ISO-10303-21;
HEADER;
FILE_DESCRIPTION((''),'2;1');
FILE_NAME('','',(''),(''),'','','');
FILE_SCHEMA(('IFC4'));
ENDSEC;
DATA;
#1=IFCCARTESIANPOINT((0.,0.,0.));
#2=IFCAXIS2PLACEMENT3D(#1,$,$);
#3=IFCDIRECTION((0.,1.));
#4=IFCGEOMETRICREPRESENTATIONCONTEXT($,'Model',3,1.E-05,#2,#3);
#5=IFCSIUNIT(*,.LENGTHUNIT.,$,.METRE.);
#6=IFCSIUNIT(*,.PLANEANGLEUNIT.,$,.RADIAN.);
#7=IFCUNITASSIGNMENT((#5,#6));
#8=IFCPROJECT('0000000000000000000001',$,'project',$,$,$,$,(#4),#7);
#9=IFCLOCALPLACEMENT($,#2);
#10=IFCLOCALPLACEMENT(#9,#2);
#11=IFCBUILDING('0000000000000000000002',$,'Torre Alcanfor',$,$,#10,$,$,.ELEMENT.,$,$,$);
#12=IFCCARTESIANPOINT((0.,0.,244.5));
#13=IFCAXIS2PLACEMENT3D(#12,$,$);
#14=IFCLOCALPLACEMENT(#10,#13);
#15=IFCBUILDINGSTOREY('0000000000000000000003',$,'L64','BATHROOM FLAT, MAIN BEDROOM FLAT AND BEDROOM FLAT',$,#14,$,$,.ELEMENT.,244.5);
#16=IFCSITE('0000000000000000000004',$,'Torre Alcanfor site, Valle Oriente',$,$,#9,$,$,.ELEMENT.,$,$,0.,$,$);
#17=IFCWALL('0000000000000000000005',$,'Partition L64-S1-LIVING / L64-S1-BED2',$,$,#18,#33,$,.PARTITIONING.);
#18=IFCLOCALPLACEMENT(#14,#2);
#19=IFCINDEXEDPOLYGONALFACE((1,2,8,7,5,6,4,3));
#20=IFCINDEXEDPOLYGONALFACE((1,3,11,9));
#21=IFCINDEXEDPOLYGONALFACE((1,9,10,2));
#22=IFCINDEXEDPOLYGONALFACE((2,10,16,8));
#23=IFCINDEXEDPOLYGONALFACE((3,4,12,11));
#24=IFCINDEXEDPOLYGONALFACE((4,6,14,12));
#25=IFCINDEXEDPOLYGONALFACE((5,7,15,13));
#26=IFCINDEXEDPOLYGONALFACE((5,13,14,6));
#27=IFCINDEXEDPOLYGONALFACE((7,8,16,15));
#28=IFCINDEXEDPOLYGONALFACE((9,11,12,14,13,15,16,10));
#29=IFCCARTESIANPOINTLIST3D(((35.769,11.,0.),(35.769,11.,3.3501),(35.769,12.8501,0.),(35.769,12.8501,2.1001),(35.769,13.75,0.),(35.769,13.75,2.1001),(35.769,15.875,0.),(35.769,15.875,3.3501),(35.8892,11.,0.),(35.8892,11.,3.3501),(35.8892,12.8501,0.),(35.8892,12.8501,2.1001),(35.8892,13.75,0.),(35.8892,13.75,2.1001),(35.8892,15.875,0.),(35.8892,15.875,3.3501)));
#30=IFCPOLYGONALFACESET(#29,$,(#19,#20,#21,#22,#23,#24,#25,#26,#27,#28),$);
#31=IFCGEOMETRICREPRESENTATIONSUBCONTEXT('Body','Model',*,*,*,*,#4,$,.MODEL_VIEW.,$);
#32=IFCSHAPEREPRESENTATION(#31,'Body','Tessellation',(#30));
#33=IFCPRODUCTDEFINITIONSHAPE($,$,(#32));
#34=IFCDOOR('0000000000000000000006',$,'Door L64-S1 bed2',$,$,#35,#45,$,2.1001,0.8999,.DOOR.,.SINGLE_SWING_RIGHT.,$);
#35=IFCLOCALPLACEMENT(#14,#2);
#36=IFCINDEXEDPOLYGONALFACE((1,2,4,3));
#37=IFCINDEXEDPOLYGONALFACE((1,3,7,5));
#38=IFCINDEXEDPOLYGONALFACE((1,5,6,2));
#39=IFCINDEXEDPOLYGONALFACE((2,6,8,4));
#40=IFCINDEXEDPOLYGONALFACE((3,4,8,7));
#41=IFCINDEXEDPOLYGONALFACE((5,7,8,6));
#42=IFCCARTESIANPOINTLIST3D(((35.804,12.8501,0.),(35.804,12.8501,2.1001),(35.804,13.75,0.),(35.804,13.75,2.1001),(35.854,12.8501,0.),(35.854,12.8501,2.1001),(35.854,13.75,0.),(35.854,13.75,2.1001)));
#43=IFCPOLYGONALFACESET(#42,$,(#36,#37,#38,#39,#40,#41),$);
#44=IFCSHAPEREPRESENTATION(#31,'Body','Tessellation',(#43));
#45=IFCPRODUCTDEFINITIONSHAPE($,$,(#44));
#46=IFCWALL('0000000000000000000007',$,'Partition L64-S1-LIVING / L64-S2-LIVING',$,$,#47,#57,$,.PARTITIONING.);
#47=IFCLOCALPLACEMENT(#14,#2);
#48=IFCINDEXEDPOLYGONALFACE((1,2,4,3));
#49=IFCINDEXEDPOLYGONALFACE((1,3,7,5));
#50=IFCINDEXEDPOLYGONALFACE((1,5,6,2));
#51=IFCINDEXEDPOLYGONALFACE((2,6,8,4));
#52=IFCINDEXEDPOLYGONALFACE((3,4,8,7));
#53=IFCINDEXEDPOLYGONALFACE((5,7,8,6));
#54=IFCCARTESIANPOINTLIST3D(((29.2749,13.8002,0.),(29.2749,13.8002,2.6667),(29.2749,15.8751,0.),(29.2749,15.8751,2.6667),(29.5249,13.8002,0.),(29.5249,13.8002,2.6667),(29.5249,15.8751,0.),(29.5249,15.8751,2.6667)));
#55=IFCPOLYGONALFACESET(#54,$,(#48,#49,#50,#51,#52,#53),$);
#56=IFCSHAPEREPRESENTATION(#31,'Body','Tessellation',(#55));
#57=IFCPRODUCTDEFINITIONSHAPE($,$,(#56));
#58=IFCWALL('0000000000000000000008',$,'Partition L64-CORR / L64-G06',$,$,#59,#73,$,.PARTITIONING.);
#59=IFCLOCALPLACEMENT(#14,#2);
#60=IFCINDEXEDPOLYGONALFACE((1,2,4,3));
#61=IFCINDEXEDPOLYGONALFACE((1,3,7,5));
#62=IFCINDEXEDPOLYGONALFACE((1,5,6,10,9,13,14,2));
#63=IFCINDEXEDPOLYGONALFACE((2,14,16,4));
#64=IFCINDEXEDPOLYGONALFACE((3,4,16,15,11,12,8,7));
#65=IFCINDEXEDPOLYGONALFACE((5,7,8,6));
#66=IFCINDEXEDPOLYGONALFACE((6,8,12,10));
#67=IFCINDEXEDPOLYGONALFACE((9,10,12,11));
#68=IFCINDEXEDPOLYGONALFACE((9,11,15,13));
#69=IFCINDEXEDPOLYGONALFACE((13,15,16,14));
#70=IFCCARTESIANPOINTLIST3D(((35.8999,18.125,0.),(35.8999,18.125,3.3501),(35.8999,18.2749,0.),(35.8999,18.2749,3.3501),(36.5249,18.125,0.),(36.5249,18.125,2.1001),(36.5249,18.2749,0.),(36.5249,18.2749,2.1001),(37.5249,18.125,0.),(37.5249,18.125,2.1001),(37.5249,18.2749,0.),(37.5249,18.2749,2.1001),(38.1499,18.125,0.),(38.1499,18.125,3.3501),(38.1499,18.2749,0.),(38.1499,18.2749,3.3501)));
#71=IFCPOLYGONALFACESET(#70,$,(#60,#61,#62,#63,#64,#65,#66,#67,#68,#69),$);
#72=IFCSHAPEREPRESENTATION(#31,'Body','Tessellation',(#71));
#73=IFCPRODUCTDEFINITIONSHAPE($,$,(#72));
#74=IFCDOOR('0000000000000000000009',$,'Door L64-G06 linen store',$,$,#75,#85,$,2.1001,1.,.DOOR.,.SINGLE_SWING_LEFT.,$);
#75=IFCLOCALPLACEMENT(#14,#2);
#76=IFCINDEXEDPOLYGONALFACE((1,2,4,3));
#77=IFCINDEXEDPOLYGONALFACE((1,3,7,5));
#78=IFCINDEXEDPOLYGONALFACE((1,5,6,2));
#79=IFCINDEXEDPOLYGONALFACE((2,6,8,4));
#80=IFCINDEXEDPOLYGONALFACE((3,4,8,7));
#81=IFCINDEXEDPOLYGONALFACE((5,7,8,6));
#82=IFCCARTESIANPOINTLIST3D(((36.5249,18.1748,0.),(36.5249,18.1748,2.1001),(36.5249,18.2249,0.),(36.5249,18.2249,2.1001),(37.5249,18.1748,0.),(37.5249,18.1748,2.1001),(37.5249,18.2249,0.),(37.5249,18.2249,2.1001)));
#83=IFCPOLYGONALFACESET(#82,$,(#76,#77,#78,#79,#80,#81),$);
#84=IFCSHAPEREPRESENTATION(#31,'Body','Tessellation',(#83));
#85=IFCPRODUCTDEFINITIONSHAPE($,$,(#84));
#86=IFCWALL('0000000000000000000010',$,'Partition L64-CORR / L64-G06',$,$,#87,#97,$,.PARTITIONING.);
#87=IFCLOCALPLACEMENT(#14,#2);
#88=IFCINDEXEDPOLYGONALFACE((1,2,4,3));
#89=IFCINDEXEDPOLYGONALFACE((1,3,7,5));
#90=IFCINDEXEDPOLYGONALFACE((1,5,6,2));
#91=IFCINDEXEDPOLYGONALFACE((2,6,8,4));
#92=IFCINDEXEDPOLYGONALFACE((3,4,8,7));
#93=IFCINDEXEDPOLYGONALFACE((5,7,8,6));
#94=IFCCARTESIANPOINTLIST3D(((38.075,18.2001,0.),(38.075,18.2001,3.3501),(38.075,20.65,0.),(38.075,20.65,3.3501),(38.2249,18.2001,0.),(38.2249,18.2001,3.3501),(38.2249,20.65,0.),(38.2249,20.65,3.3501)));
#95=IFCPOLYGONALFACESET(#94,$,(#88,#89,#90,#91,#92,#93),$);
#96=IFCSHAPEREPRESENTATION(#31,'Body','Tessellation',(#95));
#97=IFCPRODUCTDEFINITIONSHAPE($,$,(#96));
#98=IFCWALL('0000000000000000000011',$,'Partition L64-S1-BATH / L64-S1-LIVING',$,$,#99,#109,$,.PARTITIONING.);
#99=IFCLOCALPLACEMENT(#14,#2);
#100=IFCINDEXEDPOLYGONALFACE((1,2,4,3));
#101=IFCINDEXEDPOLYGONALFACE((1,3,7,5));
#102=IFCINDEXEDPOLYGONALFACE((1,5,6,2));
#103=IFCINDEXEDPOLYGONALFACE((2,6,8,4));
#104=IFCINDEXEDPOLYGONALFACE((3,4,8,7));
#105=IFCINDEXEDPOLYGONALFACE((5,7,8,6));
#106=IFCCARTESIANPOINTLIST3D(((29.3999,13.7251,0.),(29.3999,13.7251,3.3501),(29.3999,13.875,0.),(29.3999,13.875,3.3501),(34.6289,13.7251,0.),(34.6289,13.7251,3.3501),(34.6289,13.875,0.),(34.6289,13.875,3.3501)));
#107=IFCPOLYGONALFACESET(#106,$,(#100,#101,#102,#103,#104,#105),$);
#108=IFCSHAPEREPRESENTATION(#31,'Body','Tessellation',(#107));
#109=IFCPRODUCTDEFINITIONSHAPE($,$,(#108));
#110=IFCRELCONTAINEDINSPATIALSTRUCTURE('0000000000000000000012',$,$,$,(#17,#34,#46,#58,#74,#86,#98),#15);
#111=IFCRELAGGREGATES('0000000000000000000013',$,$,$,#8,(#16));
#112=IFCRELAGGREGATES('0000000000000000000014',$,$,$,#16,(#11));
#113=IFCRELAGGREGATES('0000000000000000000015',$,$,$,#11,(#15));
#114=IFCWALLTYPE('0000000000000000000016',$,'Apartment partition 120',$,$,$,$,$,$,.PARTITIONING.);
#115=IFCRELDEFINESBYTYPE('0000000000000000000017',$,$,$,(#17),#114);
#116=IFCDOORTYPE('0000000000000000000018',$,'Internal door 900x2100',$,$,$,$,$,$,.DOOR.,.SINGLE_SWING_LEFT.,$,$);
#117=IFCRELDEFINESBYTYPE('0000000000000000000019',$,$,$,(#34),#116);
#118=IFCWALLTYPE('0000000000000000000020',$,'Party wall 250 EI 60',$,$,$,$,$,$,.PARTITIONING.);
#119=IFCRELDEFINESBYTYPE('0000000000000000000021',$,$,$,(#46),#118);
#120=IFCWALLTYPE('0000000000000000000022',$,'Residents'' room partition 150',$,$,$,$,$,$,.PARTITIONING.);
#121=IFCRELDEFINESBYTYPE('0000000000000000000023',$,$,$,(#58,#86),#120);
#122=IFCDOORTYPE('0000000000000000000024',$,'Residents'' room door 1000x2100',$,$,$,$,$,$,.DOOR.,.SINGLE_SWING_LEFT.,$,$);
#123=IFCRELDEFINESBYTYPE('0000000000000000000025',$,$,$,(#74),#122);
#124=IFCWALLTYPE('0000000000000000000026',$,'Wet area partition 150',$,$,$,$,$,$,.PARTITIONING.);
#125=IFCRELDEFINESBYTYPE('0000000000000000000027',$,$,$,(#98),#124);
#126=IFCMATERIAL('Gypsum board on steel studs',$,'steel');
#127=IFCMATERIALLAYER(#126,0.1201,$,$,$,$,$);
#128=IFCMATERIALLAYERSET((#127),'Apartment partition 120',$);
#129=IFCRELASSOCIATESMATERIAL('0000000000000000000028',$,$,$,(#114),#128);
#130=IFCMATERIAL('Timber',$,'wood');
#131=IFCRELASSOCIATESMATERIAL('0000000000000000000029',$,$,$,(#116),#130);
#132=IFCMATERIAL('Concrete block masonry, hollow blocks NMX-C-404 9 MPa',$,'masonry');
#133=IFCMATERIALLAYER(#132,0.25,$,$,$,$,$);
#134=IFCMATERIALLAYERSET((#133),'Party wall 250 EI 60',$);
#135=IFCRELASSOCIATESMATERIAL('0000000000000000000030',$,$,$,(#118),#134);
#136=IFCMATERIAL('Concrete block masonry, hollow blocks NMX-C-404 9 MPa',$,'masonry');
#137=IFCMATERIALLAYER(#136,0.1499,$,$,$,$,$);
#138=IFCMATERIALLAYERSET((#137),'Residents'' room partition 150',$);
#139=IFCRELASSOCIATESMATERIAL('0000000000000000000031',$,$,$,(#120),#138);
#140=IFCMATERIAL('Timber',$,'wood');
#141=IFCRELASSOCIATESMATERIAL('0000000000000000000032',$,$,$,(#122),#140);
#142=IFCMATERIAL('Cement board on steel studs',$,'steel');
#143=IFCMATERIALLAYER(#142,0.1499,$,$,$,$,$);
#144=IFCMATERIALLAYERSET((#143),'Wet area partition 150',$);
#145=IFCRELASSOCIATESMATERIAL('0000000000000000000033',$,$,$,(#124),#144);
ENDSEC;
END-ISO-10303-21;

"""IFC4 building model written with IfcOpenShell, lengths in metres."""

from ifc_helpers import new_model, si_unit, direction, frame, frame_2d, origin, place, context, subcontext, project, spatial, rectangle, extrude, material, layer, layer_set, type_object, element, fill, save


model = new_model("IFC4")

# Units and contexts
model_context = context("Model", 3, precision=1e-05, world=origin(), true_north=direction((0.0, 1.0)))
body_context = subcontext(model_context, "Body", "Model", "MODEL_VIEW")
ifc_project = project(units=[si_unit("LENGTHUNIT", "METRE"), si_unit("PLANEANGLEUNIT", "RADIAN")], contexts=[model_context])

# Site, building, storey
site_placement = place(None, origin())
site = spatial("IfcSite", under=ifc_project, at=site_placement, Name="Torre Alcanfor site, Valle Oriente", CompositionType="ELEMENT", RefElevation=0.0)
building_placement = place(site_placement, origin())
building = spatial("IfcBuilding", under=site, at=building_placement, Name="Torre Alcanfor", CompositionType="ELEMENT")
storey_placement = place(building_placement, frame((0.0, 0.0, 244.5)))
storey = spatial("IfcBuildingStorey", under=building, at=storey_placement, Name="L64", Description="BATHROOM FLAT, MAIN BEDROOM FLAT AND BEDROOM FLAT", CompositionType="ELEMENT", Elevation=244.5)

# Wall, opening, door
ifc_material_1 = material(Name="Gypsum board on steel studs", Category="steel")
ifc_layer_1 = layer(ifc_material_1, 0.1201)
ifc_layer_set_1 = layer_set([ifc_layer_1], Name="Apartment partition 120")
wall_type_1 = type_object("IfcWallType", Name="Apartment partition 120", PredefinedType="PARTITIONING", material=ifc_layer_set_1)
wall_1_placement = place(storey_placement, frame((35.8291, 15.875, 0.0), z_axis=(0.0, 0.0, 1.0), x_axis=(0.0, -1.0, 0.0)))
wall_1 = element("IfcWall", 1, at=wall_1_placement, inside=storey, type_object=wall_type_1, Name="Partition L64-S1-LIVING / L64-S1-BED2", PredefinedType="PARTITIONING", context=body_context, shape_type="SweptSolid", body=[
    extrude(rectangle(XDim=4.875, YDim=0.1201, at=frame_2d((2.4375, 0.0))), origin(), (0.0, 0.0, 1.0), 3.3501),
])
opening_1_placement = place(wall_1_placement, frame((2.125, 0.0, 0.0)))
opening_1 = element("IfcOpeningElement", 2, at=opening_1_placement, cuts=wall_1, PredefinedType="OPENING", context=body_context, shape_type="SweptSolid", body=[
    extrude(rectangle(XDim=0.8999, YDim=2.1001, at=frame_2d((0.45, 1.05))), frame((0.0, 0.0701, 0.0), z_axis=(0.0, -1.0, 0.0), x_axis=(1.0, 0.0, 0.0)), (0.0, 0.0, 1.0), 0.1401),
])
ifc_material_2 = material(Name="Timber", Category="wood")
door_type_1 = type_object("IfcDoorType", Name="Internal door 900x2100", OperationType="SINGLE_SWING_LEFT", PredefinedType="DOOR", material=ifc_material_2)
door_1_placement = place(opening_1_placement, origin())
door_1 = element("IfcDoor", 3, at=door_1_placement, inside=storey, type_object=door_type_1, Name="Door L64-S1 bed2", OperationType="SINGLE_SWING_RIGHT", OverallHeight=2.1001, OverallWidth=0.8999, PredefinedType="DOOR", context=body_context, shape_type="SweptSolid", body=[
    extrude(rectangle(XDim=0.8999, YDim=2.1001, at=frame_2d((0.45, 1.05))), frame((0.0, 0.0249, 0.0), z_axis=(0.0, -1.0, 0.0), x_axis=(1.0, 0.0, 0.0)), (0.0, 0.0, 1.0), 0.05),
])
fill(opening_1, door_1)

# Wall
ifc_material_3 = material(Name="Concrete block masonry, hollow blocks NMX-C-404 9 MPa", Category="masonry")
ifc_layer_2 = layer(ifc_material_3, 0.25)
ifc_layer_set_2 = layer_set([ifc_layer_2], Name="Party wall 250 EI 60")
wall_type_2 = type_object("IfcWallType", Name="Party wall 250 EI 60", PredefinedType="PARTITIONING", material=ifc_layer_set_2)
wall_2_placement = place(storey_placement, frame((29.3999, 13.8, 0.0), z_axis=(0.0, 0.0, 1.0), x_axis=(0.0, 1.0, 0.0)))
element("IfcWall", 4, at=wall_2_placement, inside=storey, type_object=wall_type_2, Name="Partition L64-S1-LIVING / L64-S2-LIVING", PredefinedType="PARTITIONING", context=body_context, shape_type="SweptSolid", body=[
    extrude(rectangle(XDim=2.075, YDim=0.25, at=frame_2d((1.0376, 0.0))), origin(), (0.0, 0.0, 1.0), 2.6667),
])

# Wall, opening, door
ifc_material_4 = material(Name="Concrete block masonry, hollow blocks NMX-C-404 9 MPa", Category="masonry")
ifc_layer_3 = layer(ifc_material_4, 0.1499)
ifc_layer_set_3 = layer_set([ifc_layer_3], Name="Residents' room partition 150")
wall_type_3 = type_object("IfcWallType", Name="Residents' room partition 150", PredefinedType="PARTITIONING", material=ifc_layer_set_3)
wall_3_placement = place(storey_placement, frame((35.8999, 18.2, 0.0), z_axis=(0.0, 0.0, 1.0), x_axis=(1.0, 0.0, 0.0)))
wall_3 = element("IfcWall", 5, at=wall_3_placement, inside=storey, type_object=wall_type_3, Name="Partition L64-CORR / L64-G06", PredefinedType="PARTITIONING", context=body_context, shape_type="SweptSolid", body=[
    extrude(rectangle(XDim=2.25, YDim=0.1499, at=frame_2d((1.125, 0.0))), origin(), (0.0, 0.0, 1.0), 3.3501),
])
opening_2_placement = place(wall_3_placement, frame((0.625, 0.0, 0.0)))
opening_2 = element("IfcOpeningElement", 6, at=opening_2_placement, cuts=wall_3, PredefinedType="OPENING", context=body_context, shape_type="SweptSolid", body=[
    extrude(rectangle(XDim=1.0, YDim=2.1001, at=frame_2d((0.5, 1.05))), frame((0.0, 0.085, 0.0), z_axis=(0.0, -1.0, 0.0), x_axis=(1.0, 0.0, 0.0)), (0.0, 0.0, 1.0), 0.1699),
])
ifc_material_5 = material(Name="Timber", Category="wood")
door_type_2 = type_object("IfcDoorType", Name="Residents' room door 1000x2100", OperationType="SINGLE_SWING_LEFT", PredefinedType="DOOR", material=ifc_material_5)
door_2_placement = place(opening_2_placement, origin())
door_2 = element("IfcDoor", 7, at=door_2_placement, inside=storey, type_object=door_type_2, Name="Door L64-G06 linen store", OperationType="SINGLE_SWING_LEFT", OverallHeight=2.1001, OverallWidth=1.0, PredefinedType="DOOR", context=body_context, shape_type="SweptSolid", body=[
    extrude(rectangle(XDim=1.0, YDim=2.1001, at=frame_2d((0.5, 1.05))), frame((0.0, 0.0249, 0.0), z_axis=(0.0, -1.0, 0.0), x_axis=(1.0, 0.0, 0.0)), (0.0, 0.0, 1.0), 0.05),
])
fill(opening_2, door_2)

# Walls
wall_4_placement = place(storey_placement, frame((38.1499, 18.2, 0.0), z_axis=(0.0, 0.0, 1.0), x_axis=(0.0, 1.0, 0.0)))
element("IfcWall", 8, at=wall_4_placement, inside=storey, type_object=wall_type_3, Name="Partition L64-CORR / L64-G06", PredefinedType="PARTITIONING", context=body_context, shape_type="SweptSolid", body=[
    extrude(rectangle(XDim=2.45, YDim=0.1499, at=frame_2d((1.2251, 0.0))), origin(), (0.0, 0.0, 1.0), 3.3501),
])
ifc_material_6 = material(Name="Cement board on steel studs", Category="steel")
ifc_layer_4 = layer(ifc_material_6, 0.1499)
ifc_layer_set_4 = layer_set([ifc_layer_4], Name="Wet area partition 150")
wall_type_4 = type_object("IfcWallType", Name="Wet area partition 150", PredefinedType="PARTITIONING", material=ifc_layer_set_4)
wall_5_placement = place(storey_placement, frame((34.6289, 13.8, 0.0), z_axis=(0.0, 0.0, 1.0), x_axis=(-1.0, 0.0, 0.0)))
element("IfcWall", 9, at=wall_5_placement, inside=storey, type_object=wall_type_4, Name="Partition L64-S1-BATH / L64-S1-LIVING", PredefinedType="PARTITIONING", context=body_context, shape_type="SweptSolid", body=[
    extrude(rectangle(XDim=5.229, YDim=0.1499, at=frame_2d((2.6145, 0.0))), origin(), (0.0, 0.0, 1.0), 3.3501),
])

save(model, "model.ifc")
